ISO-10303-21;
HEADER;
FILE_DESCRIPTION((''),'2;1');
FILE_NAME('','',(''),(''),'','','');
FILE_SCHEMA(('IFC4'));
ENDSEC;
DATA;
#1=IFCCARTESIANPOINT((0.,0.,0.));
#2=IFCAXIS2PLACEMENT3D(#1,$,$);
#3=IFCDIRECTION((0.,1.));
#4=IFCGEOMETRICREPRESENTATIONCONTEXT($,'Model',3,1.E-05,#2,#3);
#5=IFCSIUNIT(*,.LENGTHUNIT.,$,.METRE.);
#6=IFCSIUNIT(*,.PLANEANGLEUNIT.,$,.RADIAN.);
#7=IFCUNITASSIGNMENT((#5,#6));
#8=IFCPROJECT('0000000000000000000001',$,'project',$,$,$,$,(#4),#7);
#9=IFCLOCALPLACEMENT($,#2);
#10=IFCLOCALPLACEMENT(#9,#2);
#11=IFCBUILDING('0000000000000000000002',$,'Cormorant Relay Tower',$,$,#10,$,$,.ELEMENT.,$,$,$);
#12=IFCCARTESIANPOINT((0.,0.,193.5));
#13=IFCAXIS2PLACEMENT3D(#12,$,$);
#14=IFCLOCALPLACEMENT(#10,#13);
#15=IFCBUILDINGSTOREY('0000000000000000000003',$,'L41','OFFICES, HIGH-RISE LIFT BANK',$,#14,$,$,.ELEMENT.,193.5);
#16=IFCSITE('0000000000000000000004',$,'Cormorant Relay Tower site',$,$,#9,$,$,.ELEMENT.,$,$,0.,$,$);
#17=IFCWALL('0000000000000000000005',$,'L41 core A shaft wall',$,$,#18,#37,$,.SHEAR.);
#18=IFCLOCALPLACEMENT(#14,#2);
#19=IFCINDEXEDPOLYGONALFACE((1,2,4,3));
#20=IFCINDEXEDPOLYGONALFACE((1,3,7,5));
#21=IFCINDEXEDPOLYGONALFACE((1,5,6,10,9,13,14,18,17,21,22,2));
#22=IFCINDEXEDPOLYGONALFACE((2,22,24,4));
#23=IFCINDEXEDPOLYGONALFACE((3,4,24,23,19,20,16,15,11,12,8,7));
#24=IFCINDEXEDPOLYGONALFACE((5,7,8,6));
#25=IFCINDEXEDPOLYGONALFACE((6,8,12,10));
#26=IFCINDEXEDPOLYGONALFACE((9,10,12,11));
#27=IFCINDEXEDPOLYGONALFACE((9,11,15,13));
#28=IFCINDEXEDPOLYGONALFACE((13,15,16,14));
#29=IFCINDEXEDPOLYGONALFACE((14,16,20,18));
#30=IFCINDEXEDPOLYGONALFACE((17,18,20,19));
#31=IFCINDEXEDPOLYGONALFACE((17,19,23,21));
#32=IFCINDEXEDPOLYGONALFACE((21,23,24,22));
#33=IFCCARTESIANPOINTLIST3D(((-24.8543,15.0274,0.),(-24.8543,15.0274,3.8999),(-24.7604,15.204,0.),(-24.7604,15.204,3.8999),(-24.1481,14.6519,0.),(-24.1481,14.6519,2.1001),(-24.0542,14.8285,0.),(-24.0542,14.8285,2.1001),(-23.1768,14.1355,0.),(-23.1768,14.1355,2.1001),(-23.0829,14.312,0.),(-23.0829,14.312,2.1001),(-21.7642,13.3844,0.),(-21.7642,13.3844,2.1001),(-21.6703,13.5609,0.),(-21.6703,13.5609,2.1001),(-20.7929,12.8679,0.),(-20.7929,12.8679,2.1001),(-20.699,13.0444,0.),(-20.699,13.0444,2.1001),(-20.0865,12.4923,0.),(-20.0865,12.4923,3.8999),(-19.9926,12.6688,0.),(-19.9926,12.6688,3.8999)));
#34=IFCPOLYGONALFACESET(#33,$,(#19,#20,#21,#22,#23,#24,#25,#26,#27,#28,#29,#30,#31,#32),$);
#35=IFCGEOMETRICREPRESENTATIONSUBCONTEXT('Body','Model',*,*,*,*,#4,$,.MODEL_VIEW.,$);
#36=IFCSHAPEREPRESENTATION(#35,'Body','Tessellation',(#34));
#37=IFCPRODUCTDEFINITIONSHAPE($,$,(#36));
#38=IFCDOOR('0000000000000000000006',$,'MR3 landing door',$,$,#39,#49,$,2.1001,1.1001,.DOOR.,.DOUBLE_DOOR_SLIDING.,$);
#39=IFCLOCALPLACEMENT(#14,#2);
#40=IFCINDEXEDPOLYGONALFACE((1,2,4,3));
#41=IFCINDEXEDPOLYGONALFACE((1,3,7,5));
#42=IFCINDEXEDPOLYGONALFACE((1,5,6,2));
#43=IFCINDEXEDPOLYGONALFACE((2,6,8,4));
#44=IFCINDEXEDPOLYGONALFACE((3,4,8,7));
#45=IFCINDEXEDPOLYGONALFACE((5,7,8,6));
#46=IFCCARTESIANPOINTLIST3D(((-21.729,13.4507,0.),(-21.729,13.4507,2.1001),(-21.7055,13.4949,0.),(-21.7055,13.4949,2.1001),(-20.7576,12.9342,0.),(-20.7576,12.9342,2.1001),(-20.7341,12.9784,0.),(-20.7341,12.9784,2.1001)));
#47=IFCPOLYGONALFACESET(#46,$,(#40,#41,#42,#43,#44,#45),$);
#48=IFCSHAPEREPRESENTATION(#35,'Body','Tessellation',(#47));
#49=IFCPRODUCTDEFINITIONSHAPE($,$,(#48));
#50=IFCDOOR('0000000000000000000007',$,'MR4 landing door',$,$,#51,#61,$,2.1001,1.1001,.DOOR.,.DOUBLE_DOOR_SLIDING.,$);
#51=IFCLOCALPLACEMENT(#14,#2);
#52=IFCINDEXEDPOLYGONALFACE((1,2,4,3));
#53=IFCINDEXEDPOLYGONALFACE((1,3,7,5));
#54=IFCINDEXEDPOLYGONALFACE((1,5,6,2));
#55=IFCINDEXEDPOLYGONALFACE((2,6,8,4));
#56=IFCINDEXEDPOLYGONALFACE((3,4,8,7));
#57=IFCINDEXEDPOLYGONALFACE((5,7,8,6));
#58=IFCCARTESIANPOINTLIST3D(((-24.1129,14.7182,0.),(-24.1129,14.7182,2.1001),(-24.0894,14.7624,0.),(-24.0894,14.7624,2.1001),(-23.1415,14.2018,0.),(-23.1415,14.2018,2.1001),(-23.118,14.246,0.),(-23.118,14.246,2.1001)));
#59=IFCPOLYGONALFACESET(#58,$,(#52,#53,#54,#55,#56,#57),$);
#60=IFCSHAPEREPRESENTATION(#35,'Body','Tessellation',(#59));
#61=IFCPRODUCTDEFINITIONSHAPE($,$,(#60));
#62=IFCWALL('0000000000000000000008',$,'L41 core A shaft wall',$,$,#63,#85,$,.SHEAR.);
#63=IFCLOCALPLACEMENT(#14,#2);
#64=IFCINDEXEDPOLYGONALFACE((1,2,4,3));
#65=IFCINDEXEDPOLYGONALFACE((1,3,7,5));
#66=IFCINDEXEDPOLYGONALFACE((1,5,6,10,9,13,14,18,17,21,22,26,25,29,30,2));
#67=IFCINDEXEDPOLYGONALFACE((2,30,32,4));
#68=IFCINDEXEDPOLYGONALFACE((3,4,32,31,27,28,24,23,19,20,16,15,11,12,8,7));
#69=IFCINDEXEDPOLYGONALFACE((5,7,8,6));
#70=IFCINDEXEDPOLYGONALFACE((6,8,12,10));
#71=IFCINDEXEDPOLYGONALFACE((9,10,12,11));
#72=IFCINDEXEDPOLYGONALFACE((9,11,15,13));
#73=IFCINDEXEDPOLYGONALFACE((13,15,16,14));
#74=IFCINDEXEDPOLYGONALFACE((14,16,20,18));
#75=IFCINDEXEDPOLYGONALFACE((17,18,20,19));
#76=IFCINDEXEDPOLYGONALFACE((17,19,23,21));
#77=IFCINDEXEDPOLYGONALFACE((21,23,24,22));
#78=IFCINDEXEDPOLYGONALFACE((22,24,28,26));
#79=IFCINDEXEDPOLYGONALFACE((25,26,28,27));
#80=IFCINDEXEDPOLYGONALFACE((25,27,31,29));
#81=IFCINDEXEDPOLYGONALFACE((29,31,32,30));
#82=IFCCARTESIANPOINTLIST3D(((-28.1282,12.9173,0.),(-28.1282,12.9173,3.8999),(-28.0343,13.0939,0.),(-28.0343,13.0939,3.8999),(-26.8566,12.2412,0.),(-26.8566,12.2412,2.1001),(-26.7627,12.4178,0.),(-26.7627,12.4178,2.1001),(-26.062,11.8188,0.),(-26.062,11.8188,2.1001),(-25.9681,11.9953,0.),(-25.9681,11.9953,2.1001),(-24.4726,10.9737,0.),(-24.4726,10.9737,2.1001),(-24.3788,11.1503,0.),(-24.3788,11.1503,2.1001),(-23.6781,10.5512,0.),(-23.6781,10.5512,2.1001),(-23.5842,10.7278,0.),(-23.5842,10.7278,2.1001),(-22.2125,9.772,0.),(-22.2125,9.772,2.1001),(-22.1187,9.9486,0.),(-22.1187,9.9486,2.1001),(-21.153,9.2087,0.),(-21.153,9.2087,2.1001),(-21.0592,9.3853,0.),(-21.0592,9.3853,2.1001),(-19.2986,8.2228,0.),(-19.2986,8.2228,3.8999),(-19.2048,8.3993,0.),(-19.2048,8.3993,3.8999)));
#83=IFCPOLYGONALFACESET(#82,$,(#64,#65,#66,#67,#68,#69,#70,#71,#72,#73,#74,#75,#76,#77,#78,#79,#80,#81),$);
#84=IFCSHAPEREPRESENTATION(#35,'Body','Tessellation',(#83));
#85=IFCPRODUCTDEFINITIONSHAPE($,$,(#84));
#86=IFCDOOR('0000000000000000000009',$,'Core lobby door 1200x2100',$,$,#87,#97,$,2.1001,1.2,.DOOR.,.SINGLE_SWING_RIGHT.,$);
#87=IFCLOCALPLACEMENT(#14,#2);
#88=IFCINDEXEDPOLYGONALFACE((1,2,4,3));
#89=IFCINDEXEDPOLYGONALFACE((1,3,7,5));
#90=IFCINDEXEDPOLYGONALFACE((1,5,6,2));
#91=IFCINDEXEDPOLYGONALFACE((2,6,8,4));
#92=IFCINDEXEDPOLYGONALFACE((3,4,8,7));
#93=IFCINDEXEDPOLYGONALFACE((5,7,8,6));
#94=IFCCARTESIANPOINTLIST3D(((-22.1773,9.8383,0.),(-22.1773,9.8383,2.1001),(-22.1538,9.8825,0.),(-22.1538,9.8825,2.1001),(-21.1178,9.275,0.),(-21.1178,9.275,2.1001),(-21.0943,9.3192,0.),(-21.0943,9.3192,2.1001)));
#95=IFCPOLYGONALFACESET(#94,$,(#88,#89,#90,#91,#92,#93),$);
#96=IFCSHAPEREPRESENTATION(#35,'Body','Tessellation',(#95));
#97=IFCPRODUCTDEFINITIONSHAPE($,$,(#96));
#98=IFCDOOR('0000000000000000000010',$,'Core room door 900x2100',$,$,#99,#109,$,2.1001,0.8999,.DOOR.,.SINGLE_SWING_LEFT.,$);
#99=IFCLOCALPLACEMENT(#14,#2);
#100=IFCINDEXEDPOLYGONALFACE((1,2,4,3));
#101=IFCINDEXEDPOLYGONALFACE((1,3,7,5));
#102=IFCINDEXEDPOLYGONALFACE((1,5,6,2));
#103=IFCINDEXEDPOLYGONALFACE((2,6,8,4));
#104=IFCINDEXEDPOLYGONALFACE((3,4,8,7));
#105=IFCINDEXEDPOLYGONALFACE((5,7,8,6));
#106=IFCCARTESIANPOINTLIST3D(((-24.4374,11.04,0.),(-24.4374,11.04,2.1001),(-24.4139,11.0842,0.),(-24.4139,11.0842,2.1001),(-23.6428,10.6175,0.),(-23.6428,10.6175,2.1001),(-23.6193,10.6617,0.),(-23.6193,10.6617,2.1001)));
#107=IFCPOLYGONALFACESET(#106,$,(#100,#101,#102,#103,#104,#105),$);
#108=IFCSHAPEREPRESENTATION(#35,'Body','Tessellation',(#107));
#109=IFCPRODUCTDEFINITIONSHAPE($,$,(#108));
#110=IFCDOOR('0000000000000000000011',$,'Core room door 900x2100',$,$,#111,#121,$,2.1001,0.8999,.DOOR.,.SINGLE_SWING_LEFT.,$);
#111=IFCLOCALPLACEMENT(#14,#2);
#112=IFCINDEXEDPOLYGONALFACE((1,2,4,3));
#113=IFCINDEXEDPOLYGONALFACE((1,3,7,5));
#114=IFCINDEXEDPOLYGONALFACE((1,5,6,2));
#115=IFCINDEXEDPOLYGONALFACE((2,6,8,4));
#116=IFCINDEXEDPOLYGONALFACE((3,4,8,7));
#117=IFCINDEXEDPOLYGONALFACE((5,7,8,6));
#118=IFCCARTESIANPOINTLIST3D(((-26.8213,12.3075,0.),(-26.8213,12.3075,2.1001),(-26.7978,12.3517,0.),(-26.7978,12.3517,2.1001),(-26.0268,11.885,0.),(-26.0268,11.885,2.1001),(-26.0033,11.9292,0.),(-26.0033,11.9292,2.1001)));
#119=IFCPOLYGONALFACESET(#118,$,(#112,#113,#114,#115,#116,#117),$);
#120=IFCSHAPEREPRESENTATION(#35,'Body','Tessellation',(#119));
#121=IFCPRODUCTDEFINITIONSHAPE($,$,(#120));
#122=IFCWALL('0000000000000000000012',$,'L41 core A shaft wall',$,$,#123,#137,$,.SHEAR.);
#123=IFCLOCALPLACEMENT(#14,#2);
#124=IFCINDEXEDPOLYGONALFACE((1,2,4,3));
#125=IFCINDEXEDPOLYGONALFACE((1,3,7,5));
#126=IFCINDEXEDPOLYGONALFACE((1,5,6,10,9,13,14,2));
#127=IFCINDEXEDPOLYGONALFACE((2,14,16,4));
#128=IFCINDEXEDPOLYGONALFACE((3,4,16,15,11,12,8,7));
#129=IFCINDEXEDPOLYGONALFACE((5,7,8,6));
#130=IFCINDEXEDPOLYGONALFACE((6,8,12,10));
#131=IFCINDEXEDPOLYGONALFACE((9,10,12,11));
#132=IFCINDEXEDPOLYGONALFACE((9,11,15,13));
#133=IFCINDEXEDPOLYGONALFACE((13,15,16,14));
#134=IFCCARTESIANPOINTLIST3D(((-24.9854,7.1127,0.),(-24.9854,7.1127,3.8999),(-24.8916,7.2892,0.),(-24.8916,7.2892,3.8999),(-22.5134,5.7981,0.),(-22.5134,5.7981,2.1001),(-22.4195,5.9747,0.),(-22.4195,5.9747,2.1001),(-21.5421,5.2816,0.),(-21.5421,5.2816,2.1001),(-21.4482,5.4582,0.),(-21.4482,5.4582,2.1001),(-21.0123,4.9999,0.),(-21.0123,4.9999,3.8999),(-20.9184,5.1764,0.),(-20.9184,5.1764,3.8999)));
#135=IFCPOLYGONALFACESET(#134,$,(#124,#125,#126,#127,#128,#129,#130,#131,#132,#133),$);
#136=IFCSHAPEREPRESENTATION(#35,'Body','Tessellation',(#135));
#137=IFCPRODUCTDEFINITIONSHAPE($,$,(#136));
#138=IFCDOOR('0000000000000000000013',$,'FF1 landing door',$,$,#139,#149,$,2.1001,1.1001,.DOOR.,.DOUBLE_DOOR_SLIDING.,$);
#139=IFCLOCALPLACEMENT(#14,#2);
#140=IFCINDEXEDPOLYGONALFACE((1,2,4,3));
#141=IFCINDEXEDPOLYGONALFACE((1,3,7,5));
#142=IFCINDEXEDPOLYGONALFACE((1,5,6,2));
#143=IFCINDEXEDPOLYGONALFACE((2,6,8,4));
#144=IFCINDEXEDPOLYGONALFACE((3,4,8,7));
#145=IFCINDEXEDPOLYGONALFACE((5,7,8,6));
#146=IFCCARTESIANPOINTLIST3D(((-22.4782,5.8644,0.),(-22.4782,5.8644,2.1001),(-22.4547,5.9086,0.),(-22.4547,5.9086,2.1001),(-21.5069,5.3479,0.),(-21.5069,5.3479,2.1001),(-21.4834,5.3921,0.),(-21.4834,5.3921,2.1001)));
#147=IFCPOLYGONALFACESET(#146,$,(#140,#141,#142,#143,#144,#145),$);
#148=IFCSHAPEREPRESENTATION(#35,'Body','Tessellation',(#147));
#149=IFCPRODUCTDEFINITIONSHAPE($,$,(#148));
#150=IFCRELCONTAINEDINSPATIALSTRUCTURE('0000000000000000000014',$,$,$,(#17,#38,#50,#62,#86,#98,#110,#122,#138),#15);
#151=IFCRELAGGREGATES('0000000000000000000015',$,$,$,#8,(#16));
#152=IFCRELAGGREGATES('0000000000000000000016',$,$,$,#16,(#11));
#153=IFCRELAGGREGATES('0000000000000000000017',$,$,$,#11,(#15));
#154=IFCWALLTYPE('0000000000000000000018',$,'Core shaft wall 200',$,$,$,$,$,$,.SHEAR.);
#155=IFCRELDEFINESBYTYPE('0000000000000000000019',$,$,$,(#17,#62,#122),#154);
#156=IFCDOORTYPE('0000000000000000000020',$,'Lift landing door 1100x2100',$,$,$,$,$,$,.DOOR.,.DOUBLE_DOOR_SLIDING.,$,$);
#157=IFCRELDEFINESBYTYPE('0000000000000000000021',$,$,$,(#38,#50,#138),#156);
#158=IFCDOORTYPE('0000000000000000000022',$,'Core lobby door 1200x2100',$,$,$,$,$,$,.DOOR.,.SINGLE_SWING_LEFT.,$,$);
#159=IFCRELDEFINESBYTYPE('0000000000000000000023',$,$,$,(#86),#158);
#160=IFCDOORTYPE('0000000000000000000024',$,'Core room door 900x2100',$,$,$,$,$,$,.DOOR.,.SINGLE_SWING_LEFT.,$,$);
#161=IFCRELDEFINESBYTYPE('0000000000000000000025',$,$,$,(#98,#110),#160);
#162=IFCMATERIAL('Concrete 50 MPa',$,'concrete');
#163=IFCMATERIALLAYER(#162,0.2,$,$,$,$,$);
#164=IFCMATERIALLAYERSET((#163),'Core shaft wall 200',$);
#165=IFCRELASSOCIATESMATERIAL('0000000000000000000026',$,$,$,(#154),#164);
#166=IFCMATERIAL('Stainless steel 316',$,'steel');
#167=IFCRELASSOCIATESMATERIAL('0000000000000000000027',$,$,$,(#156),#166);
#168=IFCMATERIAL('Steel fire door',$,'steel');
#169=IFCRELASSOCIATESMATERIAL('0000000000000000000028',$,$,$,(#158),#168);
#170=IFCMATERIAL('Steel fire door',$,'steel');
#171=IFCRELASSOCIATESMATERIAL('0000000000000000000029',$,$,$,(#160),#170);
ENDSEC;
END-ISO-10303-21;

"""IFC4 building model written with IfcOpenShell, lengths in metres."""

from ifc_helpers import new_model, si_unit, direction, frame, frame_2d, origin, place, context, subcontext, project, spatial, rectangle, extrude, material, layer, layer_set, type_object, element, fill, save


model = new_model("IFC4")

# Units and contexts
model_context = context("Model", 3, precision=1e-05, world=origin(), true_north=direction((0.0, 1.0)))
body_context = subcontext(model_context, "Body", "Model", "MODEL_VIEW")
ifc_project = project(units=[si_unit("LENGTHUNIT", "METRE"), si_unit("PLANEANGLEUNIT", "RADIAN")], contexts=[model_context])

# Site, building, storey
site_placement = place(None, origin())
site = spatial("IfcSite", under=ifc_project, at=site_placement, Name="Cormorant Relay Tower site", CompositionType="ELEMENT", RefElevation=0.0)
building_placement = place(site_placement, origin())
building = spatial("IfcBuilding", under=site, at=building_placement, Name="Cormorant Relay Tower", CompositionType="ELEMENT")
storey_placement = place(building_placement, frame((0.0, 0.0, 193.5)))
storey = spatial("IfcBuildingStorey", under=building, at=storey_placement, Name="L41", Description="OFFICES, HIGH-RISE LIFT BANK", CompositionType="ELEMENT", Elevation=193.5)

# Shared definitions
ifc_material_1 = material(Name="Concrete 50 MPa", Category="concrete")
ifc_layer_1 = layer(ifc_material_1, 0.2)
ifc_layer_set_1 = layer_set([ifc_layer_1], Name="Core shaft wall 200")
wall_type_1 = type_object("IfcWallType", Name="Core shaft wall 200", PredefinedType="SHEAR", material=ifc_layer_set_1)

# Walls, openings, doors
wall_1_placement = place(storey_placement, frame((-20.0396, 12.5806, 0.0), z_axis=(0.0, 0.0, 1.0), x_axis=(-0.882943, 0.46948, 0.0)))
wall_1 = element("IfcWall", 1, at=wall_1_placement, inside=storey, type_object=wall_type_1, Name="L41 core A shaft wall", PredefinedType="SHEAR", context=body_context, shape_type="SweptSolid", body=[
    extrude(rectangle(XDim=5.3999, YDim=0.2, at=frame_2d((2.7, 0.0))), origin(), (0.0, 0.0, 1.0), 3.8999),
])
opening_1_placement = place(wall_1_placement, frame((0.8, 0.0, 0.0)))
opening_1 = element("IfcOpeningElement", 2, at=opening_1_placement, cuts=wall_1, PredefinedType="OPENING", context=body_context, shape_type="SweptSolid", body=[
    extrude(rectangle(XDim=1.1001, YDim=2.1001, at=frame_2d((0.55, 1.05))), frame((0.0, 0.1099, 0.0), z_axis=(0.0, -1.0, 0.0), x_axis=(1.0, 0.0, 0.0)), (0.0, 0.0, 1.0), 0.22),
])
opening_2_placement = place(wall_1_placement, frame((3.5, 0.0, 0.0)))
opening_2 = element("IfcOpeningElement", 3, at=opening_2_placement, cuts=wall_1, PredefinedType="OPENING", context=body_context, shape_type="SweptSolid", body=[
    extrude(rectangle(XDim=1.1001, YDim=2.1001, at=frame_2d((0.55, 1.05))), frame((0.0, 0.1099, 0.0), z_axis=(0.0, -1.0, 0.0), x_axis=(1.0, 0.0, 0.0)), (0.0, 0.0, 1.0), 0.22),
])
ifc_material_2 = material(Name="Stainless steel 316", Category="steel")
door_type_1 = type_object("IfcDoorType", Name="Lift landing door 1100x2100", OperationType="DOUBLE_DOOR_SLIDING", PredefinedType="DOOR", material=ifc_material_2)
door_1_placement = place(opening_1_placement, origin())
door_1 = element("IfcDoor", 4, at=door_1_placement, inside=storey, type_object=door_type_1, Name="MR3 landing door", OperationType="DOUBLE_DOOR_SLIDING", OverallHeight=2.1001, OverallWidth=1.1001, PredefinedType="DOOR", context=body_context, shape_type="SweptSolid", body=[
    extrude(rectangle(XDim=1.1001, YDim=2.1001, at=frame_2d((0.55, 1.05))), frame((0.0, 0.0249, 0.0), z_axis=(0.0, -1.0, 0.0), x_axis=(1.0, 0.0, 0.0)), (0.0, 0.0, 1.0), 0.05),
])
fill(opening_1, door_1)
door_2_placement = place(opening_2_placement, origin())
door_2 = element("IfcDoor", 5, at=door_2_placement, inside=storey, type_object=door_type_1, Name="MR4 landing door", OperationType="DOUBLE_DOOR_SLIDING", OverallHeight=2.1001, OverallWidth=1.1001, PredefinedType="DOOR", context=body_context, shape_type="SweptSolid", body=[
    extrude(rectangle(XDim=1.1001, YDim=2.1001, at=frame_2d((0.55, 1.05))), frame((0.0, 0.0249, 0.0), z_axis=(0.0, -1.0, 0.0), x_axis=(1.0, 0.0, 0.0)), (0.0, 0.0, 1.0), 0.05),
])
fill(opening_2, door_2)
wall_2_placement = place(storey_placement, frame((-19.2517, 8.311, 0.0), z_axis=(0.0, 0.0, 1.0), x_axis=(-0.882956, 0.469456, 0.0)))
wall_2 = element("IfcWall", 6, at=wall_2_placement, inside=storey, type_object=wall_type_1, Name="L41 core A shaft wall", PredefinedType="SHEAR", context=body_context, shape_type="SweptSolid", body=[
    extrude(rectangle(XDim=10.0, YDim=0.2, at=frame_2d((5.0, 0.0))), origin(), (0.0, 0.0, 1.0), 3.8999),
])
opening_3_placement = place(wall_2_placement, frame((2.1001, 0.0, 0.0)))
opening_3 = element("IfcOpeningElement", 7, at=opening_3_placement, cuts=wall_2, PredefinedType="OPENING", context=body_context, shape_type="SweptSolid", body=[
    extrude(rectangle(XDim=1.2, YDim=2.1001, at=frame_2d((0.6001, 1.05))), frame((0.0, 0.1099, 0.0), z_axis=(0.0, -1.0, 0.0), x_axis=(1.0, 0.0, 0.0)), (0.0, 0.0, 1.0), 0.22),
])
opening_4_placement = place(wall_2_placement, frame((4.96, 0.0, 0.0)))
opening_4 = element("IfcOpeningElement", 8, at=opening_4_placement, cuts=wall_2, PredefinedType="OPENING", context=body_context, shape_type="SweptSolid", body=[
    extrude(rectangle(XDim=0.8999, YDim=2.1001, at=frame_2d((0.45, 1.05))), frame((0.0, 0.1099, 0.0), z_axis=(0.0, -1.0, 0.0), x_axis=(1.0, 0.0, 0.0)), (0.0, 0.0, 1.0), 0.22),
])
opening_5_placement = place(wall_2_placement, frame((7.6599, 0.0, 0.0)))
opening_5 = element("IfcOpeningElement", 9, at=opening_5_placement, cuts=wall_2, PredefinedType="OPENING", context=body_context, shape_type="SweptSolid", body=[
    extrude(rectangle(XDim=0.8999, YDim=2.1001, at=frame_2d((0.45, 1.05))), frame((0.0, 0.1099, 0.0), z_axis=(0.0, -1.0, 0.0), x_axis=(1.0, 0.0, 0.0)), (0.0, 0.0, 1.0), 0.22),
])
ifc_material_3 = material(Name="Steel fire door", Category="steel")
door_type_2 = type_object("IfcDoorType", Name="Core lobby door 1200x2100", OperationType="SINGLE_SWING_LEFT", PredefinedType="DOOR", material=ifc_material_3)
door_3_placement = place(opening_3_placement, origin())
door_3 = element("IfcDoor", 10, at=door_3_placement, inside=storey, type_object=door_type_2, Name="Core lobby door 1200x2100", OperationType="SINGLE_SWING_RIGHT", OverallHeight=2.1001, OverallWidth=1.2, PredefinedType="DOOR", context=body_context, shape_type="SweptSolid", body=[
    extrude(rectangle(XDim=1.2, YDim=2.1001, at=frame_2d((0.6001, 1.05))), frame((0.0, 0.0249, 0.0), z_axis=(0.0, -1.0, 0.0), x_axis=(1.0, 0.0, 0.0)), (0.0, 0.0, 1.0), 0.05),
])
fill(opening_3, door_3)
ifc_material_4 = material(Name="Steel fire door", Category="steel")
door_type_3 = type_object("IfcDoorType", Name="Core room door 900x2100", OperationType="SINGLE_SWING_LEFT", PredefinedType="DOOR", material=ifc_material_4)
door_4_placement = place(opening_4_placement, origin())
door_4 = element("IfcDoor", 11, at=door_4_placement, inside=storey, type_object=door_type_3, Name="Core room door 900x2100", OperationType="SINGLE_SWING_LEFT", OverallHeight=2.1001, OverallWidth=0.8999, PredefinedType="DOOR", context=body_context, shape_type="SweptSolid", body=[
    extrude(rectangle(XDim=0.8999, YDim=2.1001, at=frame_2d((0.45, 1.05))), frame((0.0, 0.0249, 0.0), z_axis=(0.0, -1.0, 0.0), x_axis=(1.0, 0.0, 0.0)), (0.0, 0.0, 1.0), 0.05),
])
fill(opening_4, door_4)
door_5_placement = place(opening_5_placement, origin())
door_5 = element("IfcDoor", 12, at=door_5_placement, inside=storey, type_object=door_type_3, Name="Core room door 900x2100", OperationType="SINGLE_SWING_LEFT", OverallHeight=2.1001, OverallWidth=0.8999, PredefinedType="DOOR", context=body_context, shape_type="SweptSolid", body=[
    extrude(rectangle(XDim=0.8999, YDim=2.1001, at=frame_2d((0.45, 1.05))), frame((0.0, 0.0249, 0.0), z_axis=(0.0, -1.0, 0.0), x_axis=(1.0, 0.0, 0.0)), (0.0, 0.0, 1.0), 0.05),
])
fill(opening_5, door_5)

# Wall, opening, door
wall_3_placement = place(storey_placement, frame((-20.9653, 5.0881, 0.0), z_axis=(0.0, 0.0, 1.0), x_axis=(-0.882926, 0.469512, 0.0)))
wall_3 = element("IfcWall", 13, at=wall_3_placement, inside=storey, type_object=wall_type_1, Name="L41 core A shaft wall", PredefinedType="SHEAR", context=body_context, shape_type="SweptSolid", body=[
    extrude(rectangle(XDim=4.5, YDim=0.2, at=frame_2d((2.25, 0.0))), origin(), (0.0, 0.0, 1.0), 3.8999),
])
opening_6_placement = place(wall_3_placement, frame((0.6001, 0.0, 0.0)))
opening_6 = element("IfcOpeningElement", 14, at=opening_6_placement, cuts=wall_3, PredefinedType="OPENING", context=body_context, shape_type="SweptSolid", body=[
    extrude(rectangle(XDim=1.1001, YDim=2.1001, at=frame_2d((0.55, 1.05))), frame((0.0, 0.1099, 0.0), z_axis=(0.0, -1.0, 0.0), x_axis=(1.0, 0.0, 0.0)), (0.0, 0.0, 1.0), 0.22),
])
door_6_placement = place(opening_6_placement, origin())
door_6 = element("IfcDoor", 15, at=door_6_placement, inside=storey, type_object=door_type_1, Name="FF1 landing door", OperationType="DOUBLE_DOOR_SLIDING", OverallHeight=2.1001, OverallWidth=1.1001, PredefinedType="DOOR", context=body_context, shape_type="SweptSolid", body=[
    extrude(rectangle(XDim=1.1001, YDim=2.1001, at=frame_2d((0.55, 1.05))), frame((0.0, 0.0249, 0.0), z_axis=(0.0, -1.0, 0.0), x_axis=(1.0, 0.0, 0.0)), (0.0, 0.0, 1.0), 0.05),
])
fill(opening_6, door_6)

save(model, "model.ifc")
